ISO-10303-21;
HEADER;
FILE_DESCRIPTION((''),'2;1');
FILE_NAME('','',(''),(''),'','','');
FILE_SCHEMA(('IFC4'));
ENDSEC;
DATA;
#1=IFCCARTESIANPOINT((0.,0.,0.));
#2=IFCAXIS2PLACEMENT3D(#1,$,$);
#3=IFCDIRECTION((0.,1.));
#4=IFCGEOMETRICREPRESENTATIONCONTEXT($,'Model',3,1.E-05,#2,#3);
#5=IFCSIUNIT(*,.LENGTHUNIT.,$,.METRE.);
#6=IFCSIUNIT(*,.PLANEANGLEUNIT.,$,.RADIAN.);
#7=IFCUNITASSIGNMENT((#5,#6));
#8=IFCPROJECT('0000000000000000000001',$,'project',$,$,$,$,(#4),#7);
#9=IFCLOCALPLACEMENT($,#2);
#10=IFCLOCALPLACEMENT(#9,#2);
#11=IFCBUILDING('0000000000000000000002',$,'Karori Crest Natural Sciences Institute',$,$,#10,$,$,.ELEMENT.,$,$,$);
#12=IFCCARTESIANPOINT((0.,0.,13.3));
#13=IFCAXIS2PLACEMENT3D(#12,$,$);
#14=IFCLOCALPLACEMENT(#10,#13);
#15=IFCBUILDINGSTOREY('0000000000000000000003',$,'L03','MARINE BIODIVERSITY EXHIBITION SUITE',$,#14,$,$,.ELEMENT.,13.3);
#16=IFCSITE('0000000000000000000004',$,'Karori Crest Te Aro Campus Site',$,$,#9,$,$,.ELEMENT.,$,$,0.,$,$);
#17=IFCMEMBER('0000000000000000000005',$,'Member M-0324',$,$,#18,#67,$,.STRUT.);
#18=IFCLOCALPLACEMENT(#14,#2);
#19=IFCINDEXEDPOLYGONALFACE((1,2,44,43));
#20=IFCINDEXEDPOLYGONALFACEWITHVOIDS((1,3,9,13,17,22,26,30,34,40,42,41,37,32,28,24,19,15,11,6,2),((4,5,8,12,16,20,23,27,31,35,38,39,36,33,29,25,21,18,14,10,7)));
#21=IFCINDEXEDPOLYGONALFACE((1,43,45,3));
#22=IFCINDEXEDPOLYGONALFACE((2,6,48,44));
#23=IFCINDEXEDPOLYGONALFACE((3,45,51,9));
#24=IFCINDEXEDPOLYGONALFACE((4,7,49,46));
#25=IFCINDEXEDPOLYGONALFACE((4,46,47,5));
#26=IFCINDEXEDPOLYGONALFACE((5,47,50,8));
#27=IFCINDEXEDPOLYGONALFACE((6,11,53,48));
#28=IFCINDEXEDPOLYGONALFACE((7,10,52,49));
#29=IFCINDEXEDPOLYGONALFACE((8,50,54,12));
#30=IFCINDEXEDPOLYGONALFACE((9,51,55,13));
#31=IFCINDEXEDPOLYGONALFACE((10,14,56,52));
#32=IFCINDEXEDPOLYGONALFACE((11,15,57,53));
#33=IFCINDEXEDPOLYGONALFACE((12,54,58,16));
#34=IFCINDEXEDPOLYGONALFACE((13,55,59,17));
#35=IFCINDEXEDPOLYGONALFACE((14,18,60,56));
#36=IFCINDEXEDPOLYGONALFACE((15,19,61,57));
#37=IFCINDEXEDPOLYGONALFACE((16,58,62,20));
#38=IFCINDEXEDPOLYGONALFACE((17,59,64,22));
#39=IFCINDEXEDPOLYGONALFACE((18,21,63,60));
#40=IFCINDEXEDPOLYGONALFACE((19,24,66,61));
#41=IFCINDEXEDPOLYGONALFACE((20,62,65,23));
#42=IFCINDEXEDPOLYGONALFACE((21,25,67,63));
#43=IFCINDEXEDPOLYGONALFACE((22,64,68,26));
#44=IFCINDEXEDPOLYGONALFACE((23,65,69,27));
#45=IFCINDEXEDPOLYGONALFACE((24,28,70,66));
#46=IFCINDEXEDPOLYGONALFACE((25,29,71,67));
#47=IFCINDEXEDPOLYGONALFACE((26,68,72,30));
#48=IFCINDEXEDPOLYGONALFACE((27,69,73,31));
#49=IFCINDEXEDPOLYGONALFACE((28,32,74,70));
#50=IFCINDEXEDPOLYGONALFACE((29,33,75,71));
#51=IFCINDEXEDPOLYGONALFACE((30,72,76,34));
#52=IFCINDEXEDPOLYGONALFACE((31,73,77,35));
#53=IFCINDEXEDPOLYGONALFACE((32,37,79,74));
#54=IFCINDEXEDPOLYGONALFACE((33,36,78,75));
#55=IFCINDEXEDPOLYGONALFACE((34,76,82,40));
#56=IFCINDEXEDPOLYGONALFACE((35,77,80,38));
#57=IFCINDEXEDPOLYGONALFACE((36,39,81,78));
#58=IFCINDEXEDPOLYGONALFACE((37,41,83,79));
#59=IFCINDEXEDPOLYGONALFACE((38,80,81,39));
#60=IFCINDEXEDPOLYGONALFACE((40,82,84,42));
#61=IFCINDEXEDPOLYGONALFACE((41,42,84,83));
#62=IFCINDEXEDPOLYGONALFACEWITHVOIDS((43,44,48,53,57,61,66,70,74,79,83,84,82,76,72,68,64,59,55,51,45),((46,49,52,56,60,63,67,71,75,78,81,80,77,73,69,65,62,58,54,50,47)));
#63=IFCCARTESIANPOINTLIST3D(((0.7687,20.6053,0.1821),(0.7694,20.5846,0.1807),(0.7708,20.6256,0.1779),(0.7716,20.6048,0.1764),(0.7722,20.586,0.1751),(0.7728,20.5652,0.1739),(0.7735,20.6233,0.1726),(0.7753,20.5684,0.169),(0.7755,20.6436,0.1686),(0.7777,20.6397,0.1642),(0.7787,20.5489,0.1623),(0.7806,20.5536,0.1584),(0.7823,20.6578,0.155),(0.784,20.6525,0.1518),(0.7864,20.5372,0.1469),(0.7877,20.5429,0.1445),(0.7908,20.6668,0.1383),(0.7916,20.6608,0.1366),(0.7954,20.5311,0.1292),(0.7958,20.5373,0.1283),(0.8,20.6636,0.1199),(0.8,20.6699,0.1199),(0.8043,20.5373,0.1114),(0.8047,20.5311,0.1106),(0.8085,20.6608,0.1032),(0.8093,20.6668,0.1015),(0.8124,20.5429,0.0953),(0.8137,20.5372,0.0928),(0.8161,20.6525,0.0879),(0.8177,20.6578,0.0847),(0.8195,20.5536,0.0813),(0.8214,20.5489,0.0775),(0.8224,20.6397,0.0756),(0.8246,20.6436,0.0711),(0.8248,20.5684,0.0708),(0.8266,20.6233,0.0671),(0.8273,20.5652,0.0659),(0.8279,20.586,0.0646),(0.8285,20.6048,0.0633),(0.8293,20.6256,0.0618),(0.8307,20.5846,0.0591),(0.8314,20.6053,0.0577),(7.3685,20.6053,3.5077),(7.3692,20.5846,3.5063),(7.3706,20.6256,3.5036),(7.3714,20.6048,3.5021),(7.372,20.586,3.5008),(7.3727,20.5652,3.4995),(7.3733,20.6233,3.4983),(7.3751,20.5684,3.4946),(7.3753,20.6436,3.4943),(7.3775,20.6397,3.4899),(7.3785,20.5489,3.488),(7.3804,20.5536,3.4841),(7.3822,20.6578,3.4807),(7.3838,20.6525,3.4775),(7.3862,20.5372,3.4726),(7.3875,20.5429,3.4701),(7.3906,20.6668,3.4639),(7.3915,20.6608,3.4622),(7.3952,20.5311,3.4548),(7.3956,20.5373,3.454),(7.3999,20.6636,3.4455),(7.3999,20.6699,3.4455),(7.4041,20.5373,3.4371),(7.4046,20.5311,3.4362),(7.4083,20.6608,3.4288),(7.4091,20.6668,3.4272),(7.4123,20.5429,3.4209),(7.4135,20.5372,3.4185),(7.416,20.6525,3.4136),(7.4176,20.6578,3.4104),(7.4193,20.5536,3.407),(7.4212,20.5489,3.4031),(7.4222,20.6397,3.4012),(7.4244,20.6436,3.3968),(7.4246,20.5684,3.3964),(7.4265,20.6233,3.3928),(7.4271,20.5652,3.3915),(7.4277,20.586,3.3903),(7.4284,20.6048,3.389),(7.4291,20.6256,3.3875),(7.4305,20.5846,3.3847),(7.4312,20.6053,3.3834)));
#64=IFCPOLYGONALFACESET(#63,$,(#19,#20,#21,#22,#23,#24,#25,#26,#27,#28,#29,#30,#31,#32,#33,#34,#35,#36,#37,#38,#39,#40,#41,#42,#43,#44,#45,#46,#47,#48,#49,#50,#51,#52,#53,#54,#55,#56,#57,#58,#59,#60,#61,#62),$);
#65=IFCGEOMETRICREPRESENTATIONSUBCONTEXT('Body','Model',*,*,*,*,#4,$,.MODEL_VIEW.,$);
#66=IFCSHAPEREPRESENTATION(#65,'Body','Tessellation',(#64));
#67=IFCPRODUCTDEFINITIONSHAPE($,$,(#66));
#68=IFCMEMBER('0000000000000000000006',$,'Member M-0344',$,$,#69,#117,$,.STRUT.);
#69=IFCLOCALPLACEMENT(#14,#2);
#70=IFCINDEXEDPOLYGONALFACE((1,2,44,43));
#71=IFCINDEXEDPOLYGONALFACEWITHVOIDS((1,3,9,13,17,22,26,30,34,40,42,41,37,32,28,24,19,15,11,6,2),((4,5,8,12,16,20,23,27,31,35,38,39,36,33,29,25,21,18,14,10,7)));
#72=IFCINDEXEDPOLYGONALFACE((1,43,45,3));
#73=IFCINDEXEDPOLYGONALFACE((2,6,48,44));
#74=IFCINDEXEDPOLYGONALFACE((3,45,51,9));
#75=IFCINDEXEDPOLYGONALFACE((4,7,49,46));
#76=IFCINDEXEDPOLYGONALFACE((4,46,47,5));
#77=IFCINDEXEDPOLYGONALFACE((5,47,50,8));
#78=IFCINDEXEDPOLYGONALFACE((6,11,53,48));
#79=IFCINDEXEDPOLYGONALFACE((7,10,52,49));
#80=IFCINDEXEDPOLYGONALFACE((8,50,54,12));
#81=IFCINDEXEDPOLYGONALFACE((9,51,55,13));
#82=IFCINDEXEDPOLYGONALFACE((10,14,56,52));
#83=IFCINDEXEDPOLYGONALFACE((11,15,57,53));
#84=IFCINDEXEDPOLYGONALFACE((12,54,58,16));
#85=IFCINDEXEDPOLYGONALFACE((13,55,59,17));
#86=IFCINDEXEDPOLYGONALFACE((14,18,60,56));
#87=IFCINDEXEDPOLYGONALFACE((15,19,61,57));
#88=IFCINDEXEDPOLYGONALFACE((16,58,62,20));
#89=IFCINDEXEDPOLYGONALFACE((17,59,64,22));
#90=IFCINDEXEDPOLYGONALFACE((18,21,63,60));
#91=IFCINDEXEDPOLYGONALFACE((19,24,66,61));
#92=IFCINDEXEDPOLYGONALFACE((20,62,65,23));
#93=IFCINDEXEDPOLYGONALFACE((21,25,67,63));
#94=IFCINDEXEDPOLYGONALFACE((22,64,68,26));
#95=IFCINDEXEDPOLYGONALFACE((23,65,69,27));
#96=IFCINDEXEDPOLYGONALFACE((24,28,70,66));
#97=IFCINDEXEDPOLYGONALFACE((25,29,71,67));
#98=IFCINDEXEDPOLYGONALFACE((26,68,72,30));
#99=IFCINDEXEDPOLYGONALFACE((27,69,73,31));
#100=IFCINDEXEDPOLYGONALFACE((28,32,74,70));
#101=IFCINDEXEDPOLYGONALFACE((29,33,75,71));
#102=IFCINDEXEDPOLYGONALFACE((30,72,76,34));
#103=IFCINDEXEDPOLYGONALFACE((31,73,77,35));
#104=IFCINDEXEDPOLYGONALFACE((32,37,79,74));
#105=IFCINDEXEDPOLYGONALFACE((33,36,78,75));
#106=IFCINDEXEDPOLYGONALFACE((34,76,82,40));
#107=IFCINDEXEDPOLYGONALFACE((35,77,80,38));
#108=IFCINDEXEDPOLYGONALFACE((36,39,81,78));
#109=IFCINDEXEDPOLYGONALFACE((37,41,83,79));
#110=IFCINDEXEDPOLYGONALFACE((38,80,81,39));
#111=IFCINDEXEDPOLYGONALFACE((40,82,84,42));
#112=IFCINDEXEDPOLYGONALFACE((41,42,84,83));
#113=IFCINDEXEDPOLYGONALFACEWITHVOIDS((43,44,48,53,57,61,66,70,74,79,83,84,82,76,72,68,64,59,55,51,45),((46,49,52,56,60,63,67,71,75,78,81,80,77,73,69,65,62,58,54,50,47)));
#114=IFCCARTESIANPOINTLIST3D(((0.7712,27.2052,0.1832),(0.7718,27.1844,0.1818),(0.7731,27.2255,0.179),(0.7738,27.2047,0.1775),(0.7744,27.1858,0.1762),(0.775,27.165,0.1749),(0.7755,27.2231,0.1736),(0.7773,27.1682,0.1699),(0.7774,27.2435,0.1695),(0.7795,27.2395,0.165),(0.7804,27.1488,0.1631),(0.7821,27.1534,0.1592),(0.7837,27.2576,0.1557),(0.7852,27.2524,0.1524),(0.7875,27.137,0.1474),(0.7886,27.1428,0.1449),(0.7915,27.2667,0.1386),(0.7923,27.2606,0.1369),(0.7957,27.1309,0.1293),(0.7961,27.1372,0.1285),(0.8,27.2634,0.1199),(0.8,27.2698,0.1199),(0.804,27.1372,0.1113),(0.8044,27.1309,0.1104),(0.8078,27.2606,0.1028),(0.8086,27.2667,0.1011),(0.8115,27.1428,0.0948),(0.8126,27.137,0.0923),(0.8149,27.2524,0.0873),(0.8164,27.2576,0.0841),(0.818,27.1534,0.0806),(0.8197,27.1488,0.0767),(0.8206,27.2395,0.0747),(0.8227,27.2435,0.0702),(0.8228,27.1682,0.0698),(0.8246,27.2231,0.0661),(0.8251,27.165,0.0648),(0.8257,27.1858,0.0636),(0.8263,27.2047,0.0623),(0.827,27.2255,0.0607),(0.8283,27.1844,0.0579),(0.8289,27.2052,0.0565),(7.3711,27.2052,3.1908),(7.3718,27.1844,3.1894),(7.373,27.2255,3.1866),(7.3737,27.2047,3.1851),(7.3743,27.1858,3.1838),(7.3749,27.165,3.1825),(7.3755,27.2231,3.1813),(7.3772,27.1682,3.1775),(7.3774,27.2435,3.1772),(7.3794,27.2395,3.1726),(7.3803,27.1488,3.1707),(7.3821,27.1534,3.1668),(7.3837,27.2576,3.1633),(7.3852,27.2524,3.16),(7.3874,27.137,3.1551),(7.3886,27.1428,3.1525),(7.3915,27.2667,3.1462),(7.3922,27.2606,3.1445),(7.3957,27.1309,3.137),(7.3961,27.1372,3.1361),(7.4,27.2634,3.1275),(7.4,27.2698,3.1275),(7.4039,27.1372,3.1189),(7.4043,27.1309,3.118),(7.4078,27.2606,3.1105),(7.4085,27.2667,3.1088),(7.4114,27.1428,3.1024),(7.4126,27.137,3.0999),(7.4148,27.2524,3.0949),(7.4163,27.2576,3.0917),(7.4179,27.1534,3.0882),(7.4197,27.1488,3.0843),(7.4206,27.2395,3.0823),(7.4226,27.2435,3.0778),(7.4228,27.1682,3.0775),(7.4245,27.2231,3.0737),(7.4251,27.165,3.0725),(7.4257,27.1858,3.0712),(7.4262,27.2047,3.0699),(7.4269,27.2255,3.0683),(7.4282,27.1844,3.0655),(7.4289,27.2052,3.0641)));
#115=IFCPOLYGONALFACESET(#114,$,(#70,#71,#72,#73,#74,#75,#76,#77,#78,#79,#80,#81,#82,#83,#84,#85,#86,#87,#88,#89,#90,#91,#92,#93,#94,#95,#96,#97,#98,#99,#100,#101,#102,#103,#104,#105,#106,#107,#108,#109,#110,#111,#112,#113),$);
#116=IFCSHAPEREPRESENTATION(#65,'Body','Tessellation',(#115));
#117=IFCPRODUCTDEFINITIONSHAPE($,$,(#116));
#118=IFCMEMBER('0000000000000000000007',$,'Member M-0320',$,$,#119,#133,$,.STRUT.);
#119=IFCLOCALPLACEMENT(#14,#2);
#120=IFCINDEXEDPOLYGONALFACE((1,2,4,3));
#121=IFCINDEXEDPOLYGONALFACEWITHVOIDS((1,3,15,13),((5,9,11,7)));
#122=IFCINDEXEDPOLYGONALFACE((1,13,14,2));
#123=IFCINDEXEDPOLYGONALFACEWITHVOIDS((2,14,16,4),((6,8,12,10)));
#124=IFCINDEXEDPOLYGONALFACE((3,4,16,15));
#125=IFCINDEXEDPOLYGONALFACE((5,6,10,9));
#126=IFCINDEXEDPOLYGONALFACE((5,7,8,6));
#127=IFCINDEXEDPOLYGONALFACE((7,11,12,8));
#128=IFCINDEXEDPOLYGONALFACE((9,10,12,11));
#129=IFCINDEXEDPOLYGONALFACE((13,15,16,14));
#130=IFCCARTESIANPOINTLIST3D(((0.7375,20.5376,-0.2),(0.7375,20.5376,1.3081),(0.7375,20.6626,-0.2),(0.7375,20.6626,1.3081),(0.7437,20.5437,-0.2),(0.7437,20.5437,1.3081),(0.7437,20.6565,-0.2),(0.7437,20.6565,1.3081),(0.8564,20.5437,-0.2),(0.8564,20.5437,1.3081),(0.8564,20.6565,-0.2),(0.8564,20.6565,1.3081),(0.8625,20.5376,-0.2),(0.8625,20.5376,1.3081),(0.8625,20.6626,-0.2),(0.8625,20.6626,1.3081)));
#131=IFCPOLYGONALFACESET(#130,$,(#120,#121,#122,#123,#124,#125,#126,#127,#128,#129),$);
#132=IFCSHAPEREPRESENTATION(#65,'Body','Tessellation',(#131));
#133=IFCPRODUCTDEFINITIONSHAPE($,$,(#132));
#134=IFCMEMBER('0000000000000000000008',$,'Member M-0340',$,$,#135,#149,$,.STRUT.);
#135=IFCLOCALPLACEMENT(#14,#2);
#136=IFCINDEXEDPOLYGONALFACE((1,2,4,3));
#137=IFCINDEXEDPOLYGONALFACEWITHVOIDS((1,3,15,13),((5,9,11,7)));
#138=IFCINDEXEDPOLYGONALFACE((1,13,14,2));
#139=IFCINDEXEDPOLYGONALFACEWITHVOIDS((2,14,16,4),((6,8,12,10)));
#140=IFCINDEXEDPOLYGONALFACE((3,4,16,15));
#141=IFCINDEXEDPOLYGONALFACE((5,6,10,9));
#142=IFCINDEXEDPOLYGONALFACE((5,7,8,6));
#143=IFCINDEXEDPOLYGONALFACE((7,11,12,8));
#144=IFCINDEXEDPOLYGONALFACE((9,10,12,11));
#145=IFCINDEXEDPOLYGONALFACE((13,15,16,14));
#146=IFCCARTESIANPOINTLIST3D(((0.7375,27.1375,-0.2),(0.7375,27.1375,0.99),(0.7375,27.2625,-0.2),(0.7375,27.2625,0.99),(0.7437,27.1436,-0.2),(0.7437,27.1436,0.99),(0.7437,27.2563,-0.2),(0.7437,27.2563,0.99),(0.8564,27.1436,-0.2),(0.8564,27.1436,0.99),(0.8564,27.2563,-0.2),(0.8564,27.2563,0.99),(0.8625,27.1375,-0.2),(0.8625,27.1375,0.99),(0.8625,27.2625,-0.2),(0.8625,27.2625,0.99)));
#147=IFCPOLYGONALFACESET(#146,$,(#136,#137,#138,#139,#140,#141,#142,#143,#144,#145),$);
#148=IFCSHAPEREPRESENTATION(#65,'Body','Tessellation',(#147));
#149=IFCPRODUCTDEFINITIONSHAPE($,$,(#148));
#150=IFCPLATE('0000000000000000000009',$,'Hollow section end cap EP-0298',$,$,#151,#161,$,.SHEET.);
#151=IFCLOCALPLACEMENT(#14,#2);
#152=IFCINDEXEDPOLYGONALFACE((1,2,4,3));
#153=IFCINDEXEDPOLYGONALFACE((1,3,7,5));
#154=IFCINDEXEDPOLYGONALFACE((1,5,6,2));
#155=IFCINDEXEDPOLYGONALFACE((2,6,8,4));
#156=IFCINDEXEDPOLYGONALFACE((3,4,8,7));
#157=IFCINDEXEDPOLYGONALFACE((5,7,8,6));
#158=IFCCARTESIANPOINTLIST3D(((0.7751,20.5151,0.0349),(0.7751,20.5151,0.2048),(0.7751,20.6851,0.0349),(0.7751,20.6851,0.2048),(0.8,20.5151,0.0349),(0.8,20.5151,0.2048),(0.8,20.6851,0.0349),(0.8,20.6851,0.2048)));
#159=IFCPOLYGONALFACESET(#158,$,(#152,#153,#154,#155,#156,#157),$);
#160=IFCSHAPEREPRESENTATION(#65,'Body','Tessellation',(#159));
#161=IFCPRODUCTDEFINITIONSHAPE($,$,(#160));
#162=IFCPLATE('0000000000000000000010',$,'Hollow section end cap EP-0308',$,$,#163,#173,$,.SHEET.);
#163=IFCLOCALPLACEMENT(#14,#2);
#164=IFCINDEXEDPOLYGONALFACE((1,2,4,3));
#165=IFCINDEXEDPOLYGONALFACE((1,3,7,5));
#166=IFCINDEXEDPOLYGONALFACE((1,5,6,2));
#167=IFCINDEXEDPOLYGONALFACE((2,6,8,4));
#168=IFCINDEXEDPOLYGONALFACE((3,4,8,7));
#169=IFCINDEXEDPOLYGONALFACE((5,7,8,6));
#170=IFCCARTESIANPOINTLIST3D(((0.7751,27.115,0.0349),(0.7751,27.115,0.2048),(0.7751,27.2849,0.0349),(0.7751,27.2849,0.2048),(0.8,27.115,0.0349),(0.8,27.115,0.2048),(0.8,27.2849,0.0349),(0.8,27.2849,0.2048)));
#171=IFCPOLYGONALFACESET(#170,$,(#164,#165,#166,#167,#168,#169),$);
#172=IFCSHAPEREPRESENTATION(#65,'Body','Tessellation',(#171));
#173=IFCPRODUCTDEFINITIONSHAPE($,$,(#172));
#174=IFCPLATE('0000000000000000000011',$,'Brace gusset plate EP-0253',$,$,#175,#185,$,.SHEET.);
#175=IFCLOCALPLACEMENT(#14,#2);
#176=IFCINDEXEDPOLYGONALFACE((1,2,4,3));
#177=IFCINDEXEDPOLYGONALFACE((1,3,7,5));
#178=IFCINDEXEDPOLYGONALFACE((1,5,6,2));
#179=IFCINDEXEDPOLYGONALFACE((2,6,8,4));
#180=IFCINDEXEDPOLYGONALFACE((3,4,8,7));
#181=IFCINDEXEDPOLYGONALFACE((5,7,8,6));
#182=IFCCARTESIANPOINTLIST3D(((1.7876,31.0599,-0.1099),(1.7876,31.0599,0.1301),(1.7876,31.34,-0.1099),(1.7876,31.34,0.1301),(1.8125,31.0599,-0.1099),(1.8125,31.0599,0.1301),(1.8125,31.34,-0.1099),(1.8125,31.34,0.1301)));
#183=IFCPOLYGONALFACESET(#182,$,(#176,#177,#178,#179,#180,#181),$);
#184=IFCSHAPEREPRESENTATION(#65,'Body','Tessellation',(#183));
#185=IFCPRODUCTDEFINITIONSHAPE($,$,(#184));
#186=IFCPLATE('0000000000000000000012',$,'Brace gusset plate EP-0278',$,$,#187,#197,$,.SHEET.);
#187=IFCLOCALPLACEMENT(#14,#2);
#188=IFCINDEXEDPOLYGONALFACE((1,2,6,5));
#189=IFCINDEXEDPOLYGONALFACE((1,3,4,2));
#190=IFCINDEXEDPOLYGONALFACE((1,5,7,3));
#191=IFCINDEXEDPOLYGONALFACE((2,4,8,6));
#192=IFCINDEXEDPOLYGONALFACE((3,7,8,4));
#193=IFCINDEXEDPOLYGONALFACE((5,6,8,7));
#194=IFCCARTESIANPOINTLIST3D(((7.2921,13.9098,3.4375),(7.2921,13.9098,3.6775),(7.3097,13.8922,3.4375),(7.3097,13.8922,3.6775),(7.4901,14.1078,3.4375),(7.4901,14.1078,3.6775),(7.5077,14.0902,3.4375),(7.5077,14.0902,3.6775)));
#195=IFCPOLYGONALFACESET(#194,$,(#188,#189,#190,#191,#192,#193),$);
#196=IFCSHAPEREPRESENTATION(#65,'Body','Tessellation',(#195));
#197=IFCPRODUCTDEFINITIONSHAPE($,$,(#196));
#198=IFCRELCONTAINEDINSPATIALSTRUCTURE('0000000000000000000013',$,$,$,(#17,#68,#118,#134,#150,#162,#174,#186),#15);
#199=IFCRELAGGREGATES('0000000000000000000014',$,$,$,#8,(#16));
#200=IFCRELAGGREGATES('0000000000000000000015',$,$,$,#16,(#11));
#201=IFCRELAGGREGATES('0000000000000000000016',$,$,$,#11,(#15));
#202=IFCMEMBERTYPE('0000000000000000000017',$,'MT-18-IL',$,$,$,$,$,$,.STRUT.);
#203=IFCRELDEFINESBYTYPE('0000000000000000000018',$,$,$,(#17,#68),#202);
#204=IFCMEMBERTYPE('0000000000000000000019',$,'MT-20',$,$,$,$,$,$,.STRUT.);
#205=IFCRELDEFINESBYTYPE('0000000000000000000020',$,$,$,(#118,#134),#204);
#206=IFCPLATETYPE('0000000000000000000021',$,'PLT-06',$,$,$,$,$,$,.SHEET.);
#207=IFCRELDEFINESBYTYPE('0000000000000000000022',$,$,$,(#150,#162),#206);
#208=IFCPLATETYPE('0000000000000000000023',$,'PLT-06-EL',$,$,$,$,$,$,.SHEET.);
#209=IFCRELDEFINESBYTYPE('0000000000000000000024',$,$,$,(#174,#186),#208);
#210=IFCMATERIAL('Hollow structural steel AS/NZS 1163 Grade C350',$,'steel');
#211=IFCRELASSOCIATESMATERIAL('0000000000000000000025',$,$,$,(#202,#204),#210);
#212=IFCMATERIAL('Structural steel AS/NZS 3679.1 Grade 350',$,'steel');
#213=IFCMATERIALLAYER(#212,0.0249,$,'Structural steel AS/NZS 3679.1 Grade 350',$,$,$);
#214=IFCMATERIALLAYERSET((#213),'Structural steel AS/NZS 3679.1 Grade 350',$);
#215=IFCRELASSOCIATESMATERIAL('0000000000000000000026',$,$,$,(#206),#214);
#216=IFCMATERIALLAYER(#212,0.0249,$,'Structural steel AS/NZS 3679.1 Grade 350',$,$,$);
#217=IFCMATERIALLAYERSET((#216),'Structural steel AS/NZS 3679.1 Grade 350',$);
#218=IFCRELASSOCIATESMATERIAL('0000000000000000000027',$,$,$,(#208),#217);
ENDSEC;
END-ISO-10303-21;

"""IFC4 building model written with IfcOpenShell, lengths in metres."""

from ifc_helpers import new_model, si_unit, direction, frame, origin, origin_2d, place, context, subcontext, project, spatial, rectangle, hollow_rectangle, hollow_circle, extrude, material, layer, layer_set, material_profile, profile_set, type_object, element, save


model = new_model("IFC4")

# Units and contexts
model_context = context("Model", 3, precision=1e-05, world=origin(), true_north=direction((0.0, 1.0)))
body_context = subcontext(model_context, "Body", "Model", "MODEL_VIEW")
ifc_project = project(units=[si_unit("LENGTHUNIT", "METRE"), si_unit("PLANEANGLEUNIT", "RADIAN")], contexts=[model_context])

# Site, building, storey
site_placement = place(None, origin())
site = spatial("IfcSite", under=ifc_project, at=site_placement, Name="Karori Crest Te Aro Campus Site", CompositionType="ELEMENT", RefElevation=0.0)
building_placement = place(site_placement, origin())
building = spatial("IfcBuilding", under=site, at=building_placement, Name="Karori Crest Natural Sciences Institute", CompositionType="ELEMENT")
storey_placement = place(building_placement, frame((0.0, 0.0, 13.3)))
storey = spatial("IfcBuildingStorey", under=building, at=storey_placement, Name="L03", Description="MARINE BIODIVERSITY EXHIBITION SUITE", CompositionType="ELEMENT", Elevation=13.3)

# Shared definitions
ifc_material_1 = material(Name="Hollow structural steel AS/NZS 1163 Grade C350", Category="steel")

# Shared definitions
ifc_material_2 = material(Name="Structural steel AS/NZS 3679.1 Grade 350", Category="steel")

# Members
ifc_material_profile_1 = material_profile(ifc_material_1, hollow_circle(Radius=0.0698, WallThickness=0.0063, at=origin_2d()), Name="CHS139.7x6.4")
ifc_profile_set_1 = profile_set([ifc_material_profile_1], Name="Hollow structural steel AS/NZS 1163 Grade C350")
member_type_1 = type_object("IfcMemberType", Name="MT-18-IL", PredefinedType="STRUT", material=ifc_profile_set_1)
member_1_placement = place(storey_placement, frame((0.8, 20.6001, 0.1199), z_axis=(0.893029, 0.0, 0.45), x_axis=(0.0, 1.0, 0.0)))
element("IfcMember", 1, at=member_1_placement, inside=storey, type_object=member_type_1, Name="Member M-0324", PredefinedType="STRUT", context=body_context, shape_type="SweptSolid", body=[
    extrude(hollow_circle(Radius=0.0698, WallThickness=0.0063, at=origin_2d()), origin(), (0.0, 0.0, 1.0), 7.3904),
])
member_2_placement = place(storey_placement, frame((0.8, 27.2, 0.1199), z_axis=(0.90997, 0.0, 0.414675), x_axis=(0.0, 1.0, 0.0)))
element("IfcMember", 2, at=member_2_placement, inside=storey, type_object=member_type_1, Name="Member M-0344", PredefinedType="STRUT", context=body_context, shape_type="SweptSolid", body=[
    extrude(hollow_circle(Radius=0.0698, WallThickness=0.0063, at=origin_2d()), origin(), (0.0, 0.0, 1.0), 7.2529),
])
ifc_material_profile_2 = material_profile(ifc_material_1, hollow_rectangle(XDim=0.125, YDim=0.125, WallThickness=0.0061, at=origin_2d()), Name="SHS125x125x6")
ifc_profile_set_2 = profile_set([ifc_material_profile_2], Name="Hollow structural steel AS/NZS 1163 Grade C350")
member_type_2 = type_object("IfcMemberType", Name="MT-20", PredefinedType="STRUT", material=ifc_profile_set_2)
member_3_placement = place(storey_placement, frame((0.8, 20.6001, -0.2), z_axis=(0.0, 0.0, 1.0), x_axis=(1.0, 0.0, 0.0)))
element("IfcMember", 3, at=member_3_placement, inside=storey, type_object=member_type_2, Name="Member M-0320", PredefinedType="STRUT", context=body_context, shape_type="SweptSolid", body=[
    extrude(hollow_rectangle(XDim=0.125, YDim=0.125, WallThickness=0.0061, at=origin_2d()), origin(), (0.0, 0.0, 1.0), 1.5081),
])
member_4_placement = place(storey_placement, frame((0.8, 27.2, -0.2), z_axis=(0.0, 0.0, 1.0), x_axis=(1.0, 0.0, 0.0)))
element("IfcMember", 4, at=member_4_placement, inside=storey, type_object=member_type_2, Name="Member M-0340", PredefinedType="STRUT", context=body_context, shape_type="SweptSolid", body=[
    extrude(hollow_rectangle(XDim=0.125, YDim=0.125, WallThickness=0.0061, at=origin_2d()), origin(), (0.0, 0.0, 1.0), 1.1899),
])

# Plates
ifc_layer_1 = layer(ifc_material_2, 0.0249, Name="Structural steel AS/NZS 3679.1 Grade 350")
ifc_layer_set_1 = layer_set([ifc_layer_1], Name="Structural steel AS/NZS 3679.1 Grade 350")
plate_type_1 = type_object("IfcPlateType", Name="PLT-06", PredefinedType="SHEET", material=ifc_layer_set_1)
for number, where, z_axis, x_axis, name in (
    (5, (0.7876, 20.6001, 0.0349), (0.0, 0.0, 1.0), (1.0, 0.0, 0.0), "Hollow section end cap EP-0298"),
    (6, (0.7876, 27.2, 0.0349), (0.0, 0.0, 1.0), (1.0, 0.0, 0.0), "Hollow section end cap EP-0308"),
):
    element("IfcPlate", number, at=place(storey_placement, frame(where, z_axis=z_axis, x_axis=x_axis)), inside=storey, type_object=plate_type_1, Name=name, PredefinedType="SHEET", context=body_context, shape_type="SweptSolid", body=[
        extrude(rectangle(XDim=0.0249, YDim=0.1699, at=origin_2d()), origin(), (0.0, 0.0, 1.0), 0.1699),
    ])
ifc_layer_2 = layer(ifc_material_2, 0.0249, Name="Structural steel AS/NZS 3679.1 Grade 350")
ifc_layer_set_2 = layer_set([ifc_layer_2], Name="Structural steel AS/NZS 3679.1 Grade 350")
plate_type_2 = type_object("IfcPlateType", Name="PLT-06-EL", PredefinedType="SHEET", material=ifc_layer_set_2)
for number, where, z_axis, x_axis, name in (
    (7, (1.8, 31.2, -0.1099), (0.0, 0.0, 1.0), (0.0, 1.0, 0.0), "Brace gusset plate EP-0253"),
    (8, (7.3999, 14.0, 3.4375), (0.0, 0.0, 1.0), (0.707107, 0.707107, 0.0), "Brace gusset plate EP-0278"),
):
    element("IfcPlate", number, at=place(storey_placement, frame(where, z_axis=z_axis, x_axis=x_axis)), inside=storey, type_object=plate_type_2, Name=name, PredefinedType="SHEET", context=body_context, shape_type="SweptSolid", body=[
        extrude(rectangle(XDim=0.28, YDim=0.0249, at=origin_2d()), origin(), (0.0, 0.0, 1.0), 0.24),
    ])

save(model, "model.ifc")
